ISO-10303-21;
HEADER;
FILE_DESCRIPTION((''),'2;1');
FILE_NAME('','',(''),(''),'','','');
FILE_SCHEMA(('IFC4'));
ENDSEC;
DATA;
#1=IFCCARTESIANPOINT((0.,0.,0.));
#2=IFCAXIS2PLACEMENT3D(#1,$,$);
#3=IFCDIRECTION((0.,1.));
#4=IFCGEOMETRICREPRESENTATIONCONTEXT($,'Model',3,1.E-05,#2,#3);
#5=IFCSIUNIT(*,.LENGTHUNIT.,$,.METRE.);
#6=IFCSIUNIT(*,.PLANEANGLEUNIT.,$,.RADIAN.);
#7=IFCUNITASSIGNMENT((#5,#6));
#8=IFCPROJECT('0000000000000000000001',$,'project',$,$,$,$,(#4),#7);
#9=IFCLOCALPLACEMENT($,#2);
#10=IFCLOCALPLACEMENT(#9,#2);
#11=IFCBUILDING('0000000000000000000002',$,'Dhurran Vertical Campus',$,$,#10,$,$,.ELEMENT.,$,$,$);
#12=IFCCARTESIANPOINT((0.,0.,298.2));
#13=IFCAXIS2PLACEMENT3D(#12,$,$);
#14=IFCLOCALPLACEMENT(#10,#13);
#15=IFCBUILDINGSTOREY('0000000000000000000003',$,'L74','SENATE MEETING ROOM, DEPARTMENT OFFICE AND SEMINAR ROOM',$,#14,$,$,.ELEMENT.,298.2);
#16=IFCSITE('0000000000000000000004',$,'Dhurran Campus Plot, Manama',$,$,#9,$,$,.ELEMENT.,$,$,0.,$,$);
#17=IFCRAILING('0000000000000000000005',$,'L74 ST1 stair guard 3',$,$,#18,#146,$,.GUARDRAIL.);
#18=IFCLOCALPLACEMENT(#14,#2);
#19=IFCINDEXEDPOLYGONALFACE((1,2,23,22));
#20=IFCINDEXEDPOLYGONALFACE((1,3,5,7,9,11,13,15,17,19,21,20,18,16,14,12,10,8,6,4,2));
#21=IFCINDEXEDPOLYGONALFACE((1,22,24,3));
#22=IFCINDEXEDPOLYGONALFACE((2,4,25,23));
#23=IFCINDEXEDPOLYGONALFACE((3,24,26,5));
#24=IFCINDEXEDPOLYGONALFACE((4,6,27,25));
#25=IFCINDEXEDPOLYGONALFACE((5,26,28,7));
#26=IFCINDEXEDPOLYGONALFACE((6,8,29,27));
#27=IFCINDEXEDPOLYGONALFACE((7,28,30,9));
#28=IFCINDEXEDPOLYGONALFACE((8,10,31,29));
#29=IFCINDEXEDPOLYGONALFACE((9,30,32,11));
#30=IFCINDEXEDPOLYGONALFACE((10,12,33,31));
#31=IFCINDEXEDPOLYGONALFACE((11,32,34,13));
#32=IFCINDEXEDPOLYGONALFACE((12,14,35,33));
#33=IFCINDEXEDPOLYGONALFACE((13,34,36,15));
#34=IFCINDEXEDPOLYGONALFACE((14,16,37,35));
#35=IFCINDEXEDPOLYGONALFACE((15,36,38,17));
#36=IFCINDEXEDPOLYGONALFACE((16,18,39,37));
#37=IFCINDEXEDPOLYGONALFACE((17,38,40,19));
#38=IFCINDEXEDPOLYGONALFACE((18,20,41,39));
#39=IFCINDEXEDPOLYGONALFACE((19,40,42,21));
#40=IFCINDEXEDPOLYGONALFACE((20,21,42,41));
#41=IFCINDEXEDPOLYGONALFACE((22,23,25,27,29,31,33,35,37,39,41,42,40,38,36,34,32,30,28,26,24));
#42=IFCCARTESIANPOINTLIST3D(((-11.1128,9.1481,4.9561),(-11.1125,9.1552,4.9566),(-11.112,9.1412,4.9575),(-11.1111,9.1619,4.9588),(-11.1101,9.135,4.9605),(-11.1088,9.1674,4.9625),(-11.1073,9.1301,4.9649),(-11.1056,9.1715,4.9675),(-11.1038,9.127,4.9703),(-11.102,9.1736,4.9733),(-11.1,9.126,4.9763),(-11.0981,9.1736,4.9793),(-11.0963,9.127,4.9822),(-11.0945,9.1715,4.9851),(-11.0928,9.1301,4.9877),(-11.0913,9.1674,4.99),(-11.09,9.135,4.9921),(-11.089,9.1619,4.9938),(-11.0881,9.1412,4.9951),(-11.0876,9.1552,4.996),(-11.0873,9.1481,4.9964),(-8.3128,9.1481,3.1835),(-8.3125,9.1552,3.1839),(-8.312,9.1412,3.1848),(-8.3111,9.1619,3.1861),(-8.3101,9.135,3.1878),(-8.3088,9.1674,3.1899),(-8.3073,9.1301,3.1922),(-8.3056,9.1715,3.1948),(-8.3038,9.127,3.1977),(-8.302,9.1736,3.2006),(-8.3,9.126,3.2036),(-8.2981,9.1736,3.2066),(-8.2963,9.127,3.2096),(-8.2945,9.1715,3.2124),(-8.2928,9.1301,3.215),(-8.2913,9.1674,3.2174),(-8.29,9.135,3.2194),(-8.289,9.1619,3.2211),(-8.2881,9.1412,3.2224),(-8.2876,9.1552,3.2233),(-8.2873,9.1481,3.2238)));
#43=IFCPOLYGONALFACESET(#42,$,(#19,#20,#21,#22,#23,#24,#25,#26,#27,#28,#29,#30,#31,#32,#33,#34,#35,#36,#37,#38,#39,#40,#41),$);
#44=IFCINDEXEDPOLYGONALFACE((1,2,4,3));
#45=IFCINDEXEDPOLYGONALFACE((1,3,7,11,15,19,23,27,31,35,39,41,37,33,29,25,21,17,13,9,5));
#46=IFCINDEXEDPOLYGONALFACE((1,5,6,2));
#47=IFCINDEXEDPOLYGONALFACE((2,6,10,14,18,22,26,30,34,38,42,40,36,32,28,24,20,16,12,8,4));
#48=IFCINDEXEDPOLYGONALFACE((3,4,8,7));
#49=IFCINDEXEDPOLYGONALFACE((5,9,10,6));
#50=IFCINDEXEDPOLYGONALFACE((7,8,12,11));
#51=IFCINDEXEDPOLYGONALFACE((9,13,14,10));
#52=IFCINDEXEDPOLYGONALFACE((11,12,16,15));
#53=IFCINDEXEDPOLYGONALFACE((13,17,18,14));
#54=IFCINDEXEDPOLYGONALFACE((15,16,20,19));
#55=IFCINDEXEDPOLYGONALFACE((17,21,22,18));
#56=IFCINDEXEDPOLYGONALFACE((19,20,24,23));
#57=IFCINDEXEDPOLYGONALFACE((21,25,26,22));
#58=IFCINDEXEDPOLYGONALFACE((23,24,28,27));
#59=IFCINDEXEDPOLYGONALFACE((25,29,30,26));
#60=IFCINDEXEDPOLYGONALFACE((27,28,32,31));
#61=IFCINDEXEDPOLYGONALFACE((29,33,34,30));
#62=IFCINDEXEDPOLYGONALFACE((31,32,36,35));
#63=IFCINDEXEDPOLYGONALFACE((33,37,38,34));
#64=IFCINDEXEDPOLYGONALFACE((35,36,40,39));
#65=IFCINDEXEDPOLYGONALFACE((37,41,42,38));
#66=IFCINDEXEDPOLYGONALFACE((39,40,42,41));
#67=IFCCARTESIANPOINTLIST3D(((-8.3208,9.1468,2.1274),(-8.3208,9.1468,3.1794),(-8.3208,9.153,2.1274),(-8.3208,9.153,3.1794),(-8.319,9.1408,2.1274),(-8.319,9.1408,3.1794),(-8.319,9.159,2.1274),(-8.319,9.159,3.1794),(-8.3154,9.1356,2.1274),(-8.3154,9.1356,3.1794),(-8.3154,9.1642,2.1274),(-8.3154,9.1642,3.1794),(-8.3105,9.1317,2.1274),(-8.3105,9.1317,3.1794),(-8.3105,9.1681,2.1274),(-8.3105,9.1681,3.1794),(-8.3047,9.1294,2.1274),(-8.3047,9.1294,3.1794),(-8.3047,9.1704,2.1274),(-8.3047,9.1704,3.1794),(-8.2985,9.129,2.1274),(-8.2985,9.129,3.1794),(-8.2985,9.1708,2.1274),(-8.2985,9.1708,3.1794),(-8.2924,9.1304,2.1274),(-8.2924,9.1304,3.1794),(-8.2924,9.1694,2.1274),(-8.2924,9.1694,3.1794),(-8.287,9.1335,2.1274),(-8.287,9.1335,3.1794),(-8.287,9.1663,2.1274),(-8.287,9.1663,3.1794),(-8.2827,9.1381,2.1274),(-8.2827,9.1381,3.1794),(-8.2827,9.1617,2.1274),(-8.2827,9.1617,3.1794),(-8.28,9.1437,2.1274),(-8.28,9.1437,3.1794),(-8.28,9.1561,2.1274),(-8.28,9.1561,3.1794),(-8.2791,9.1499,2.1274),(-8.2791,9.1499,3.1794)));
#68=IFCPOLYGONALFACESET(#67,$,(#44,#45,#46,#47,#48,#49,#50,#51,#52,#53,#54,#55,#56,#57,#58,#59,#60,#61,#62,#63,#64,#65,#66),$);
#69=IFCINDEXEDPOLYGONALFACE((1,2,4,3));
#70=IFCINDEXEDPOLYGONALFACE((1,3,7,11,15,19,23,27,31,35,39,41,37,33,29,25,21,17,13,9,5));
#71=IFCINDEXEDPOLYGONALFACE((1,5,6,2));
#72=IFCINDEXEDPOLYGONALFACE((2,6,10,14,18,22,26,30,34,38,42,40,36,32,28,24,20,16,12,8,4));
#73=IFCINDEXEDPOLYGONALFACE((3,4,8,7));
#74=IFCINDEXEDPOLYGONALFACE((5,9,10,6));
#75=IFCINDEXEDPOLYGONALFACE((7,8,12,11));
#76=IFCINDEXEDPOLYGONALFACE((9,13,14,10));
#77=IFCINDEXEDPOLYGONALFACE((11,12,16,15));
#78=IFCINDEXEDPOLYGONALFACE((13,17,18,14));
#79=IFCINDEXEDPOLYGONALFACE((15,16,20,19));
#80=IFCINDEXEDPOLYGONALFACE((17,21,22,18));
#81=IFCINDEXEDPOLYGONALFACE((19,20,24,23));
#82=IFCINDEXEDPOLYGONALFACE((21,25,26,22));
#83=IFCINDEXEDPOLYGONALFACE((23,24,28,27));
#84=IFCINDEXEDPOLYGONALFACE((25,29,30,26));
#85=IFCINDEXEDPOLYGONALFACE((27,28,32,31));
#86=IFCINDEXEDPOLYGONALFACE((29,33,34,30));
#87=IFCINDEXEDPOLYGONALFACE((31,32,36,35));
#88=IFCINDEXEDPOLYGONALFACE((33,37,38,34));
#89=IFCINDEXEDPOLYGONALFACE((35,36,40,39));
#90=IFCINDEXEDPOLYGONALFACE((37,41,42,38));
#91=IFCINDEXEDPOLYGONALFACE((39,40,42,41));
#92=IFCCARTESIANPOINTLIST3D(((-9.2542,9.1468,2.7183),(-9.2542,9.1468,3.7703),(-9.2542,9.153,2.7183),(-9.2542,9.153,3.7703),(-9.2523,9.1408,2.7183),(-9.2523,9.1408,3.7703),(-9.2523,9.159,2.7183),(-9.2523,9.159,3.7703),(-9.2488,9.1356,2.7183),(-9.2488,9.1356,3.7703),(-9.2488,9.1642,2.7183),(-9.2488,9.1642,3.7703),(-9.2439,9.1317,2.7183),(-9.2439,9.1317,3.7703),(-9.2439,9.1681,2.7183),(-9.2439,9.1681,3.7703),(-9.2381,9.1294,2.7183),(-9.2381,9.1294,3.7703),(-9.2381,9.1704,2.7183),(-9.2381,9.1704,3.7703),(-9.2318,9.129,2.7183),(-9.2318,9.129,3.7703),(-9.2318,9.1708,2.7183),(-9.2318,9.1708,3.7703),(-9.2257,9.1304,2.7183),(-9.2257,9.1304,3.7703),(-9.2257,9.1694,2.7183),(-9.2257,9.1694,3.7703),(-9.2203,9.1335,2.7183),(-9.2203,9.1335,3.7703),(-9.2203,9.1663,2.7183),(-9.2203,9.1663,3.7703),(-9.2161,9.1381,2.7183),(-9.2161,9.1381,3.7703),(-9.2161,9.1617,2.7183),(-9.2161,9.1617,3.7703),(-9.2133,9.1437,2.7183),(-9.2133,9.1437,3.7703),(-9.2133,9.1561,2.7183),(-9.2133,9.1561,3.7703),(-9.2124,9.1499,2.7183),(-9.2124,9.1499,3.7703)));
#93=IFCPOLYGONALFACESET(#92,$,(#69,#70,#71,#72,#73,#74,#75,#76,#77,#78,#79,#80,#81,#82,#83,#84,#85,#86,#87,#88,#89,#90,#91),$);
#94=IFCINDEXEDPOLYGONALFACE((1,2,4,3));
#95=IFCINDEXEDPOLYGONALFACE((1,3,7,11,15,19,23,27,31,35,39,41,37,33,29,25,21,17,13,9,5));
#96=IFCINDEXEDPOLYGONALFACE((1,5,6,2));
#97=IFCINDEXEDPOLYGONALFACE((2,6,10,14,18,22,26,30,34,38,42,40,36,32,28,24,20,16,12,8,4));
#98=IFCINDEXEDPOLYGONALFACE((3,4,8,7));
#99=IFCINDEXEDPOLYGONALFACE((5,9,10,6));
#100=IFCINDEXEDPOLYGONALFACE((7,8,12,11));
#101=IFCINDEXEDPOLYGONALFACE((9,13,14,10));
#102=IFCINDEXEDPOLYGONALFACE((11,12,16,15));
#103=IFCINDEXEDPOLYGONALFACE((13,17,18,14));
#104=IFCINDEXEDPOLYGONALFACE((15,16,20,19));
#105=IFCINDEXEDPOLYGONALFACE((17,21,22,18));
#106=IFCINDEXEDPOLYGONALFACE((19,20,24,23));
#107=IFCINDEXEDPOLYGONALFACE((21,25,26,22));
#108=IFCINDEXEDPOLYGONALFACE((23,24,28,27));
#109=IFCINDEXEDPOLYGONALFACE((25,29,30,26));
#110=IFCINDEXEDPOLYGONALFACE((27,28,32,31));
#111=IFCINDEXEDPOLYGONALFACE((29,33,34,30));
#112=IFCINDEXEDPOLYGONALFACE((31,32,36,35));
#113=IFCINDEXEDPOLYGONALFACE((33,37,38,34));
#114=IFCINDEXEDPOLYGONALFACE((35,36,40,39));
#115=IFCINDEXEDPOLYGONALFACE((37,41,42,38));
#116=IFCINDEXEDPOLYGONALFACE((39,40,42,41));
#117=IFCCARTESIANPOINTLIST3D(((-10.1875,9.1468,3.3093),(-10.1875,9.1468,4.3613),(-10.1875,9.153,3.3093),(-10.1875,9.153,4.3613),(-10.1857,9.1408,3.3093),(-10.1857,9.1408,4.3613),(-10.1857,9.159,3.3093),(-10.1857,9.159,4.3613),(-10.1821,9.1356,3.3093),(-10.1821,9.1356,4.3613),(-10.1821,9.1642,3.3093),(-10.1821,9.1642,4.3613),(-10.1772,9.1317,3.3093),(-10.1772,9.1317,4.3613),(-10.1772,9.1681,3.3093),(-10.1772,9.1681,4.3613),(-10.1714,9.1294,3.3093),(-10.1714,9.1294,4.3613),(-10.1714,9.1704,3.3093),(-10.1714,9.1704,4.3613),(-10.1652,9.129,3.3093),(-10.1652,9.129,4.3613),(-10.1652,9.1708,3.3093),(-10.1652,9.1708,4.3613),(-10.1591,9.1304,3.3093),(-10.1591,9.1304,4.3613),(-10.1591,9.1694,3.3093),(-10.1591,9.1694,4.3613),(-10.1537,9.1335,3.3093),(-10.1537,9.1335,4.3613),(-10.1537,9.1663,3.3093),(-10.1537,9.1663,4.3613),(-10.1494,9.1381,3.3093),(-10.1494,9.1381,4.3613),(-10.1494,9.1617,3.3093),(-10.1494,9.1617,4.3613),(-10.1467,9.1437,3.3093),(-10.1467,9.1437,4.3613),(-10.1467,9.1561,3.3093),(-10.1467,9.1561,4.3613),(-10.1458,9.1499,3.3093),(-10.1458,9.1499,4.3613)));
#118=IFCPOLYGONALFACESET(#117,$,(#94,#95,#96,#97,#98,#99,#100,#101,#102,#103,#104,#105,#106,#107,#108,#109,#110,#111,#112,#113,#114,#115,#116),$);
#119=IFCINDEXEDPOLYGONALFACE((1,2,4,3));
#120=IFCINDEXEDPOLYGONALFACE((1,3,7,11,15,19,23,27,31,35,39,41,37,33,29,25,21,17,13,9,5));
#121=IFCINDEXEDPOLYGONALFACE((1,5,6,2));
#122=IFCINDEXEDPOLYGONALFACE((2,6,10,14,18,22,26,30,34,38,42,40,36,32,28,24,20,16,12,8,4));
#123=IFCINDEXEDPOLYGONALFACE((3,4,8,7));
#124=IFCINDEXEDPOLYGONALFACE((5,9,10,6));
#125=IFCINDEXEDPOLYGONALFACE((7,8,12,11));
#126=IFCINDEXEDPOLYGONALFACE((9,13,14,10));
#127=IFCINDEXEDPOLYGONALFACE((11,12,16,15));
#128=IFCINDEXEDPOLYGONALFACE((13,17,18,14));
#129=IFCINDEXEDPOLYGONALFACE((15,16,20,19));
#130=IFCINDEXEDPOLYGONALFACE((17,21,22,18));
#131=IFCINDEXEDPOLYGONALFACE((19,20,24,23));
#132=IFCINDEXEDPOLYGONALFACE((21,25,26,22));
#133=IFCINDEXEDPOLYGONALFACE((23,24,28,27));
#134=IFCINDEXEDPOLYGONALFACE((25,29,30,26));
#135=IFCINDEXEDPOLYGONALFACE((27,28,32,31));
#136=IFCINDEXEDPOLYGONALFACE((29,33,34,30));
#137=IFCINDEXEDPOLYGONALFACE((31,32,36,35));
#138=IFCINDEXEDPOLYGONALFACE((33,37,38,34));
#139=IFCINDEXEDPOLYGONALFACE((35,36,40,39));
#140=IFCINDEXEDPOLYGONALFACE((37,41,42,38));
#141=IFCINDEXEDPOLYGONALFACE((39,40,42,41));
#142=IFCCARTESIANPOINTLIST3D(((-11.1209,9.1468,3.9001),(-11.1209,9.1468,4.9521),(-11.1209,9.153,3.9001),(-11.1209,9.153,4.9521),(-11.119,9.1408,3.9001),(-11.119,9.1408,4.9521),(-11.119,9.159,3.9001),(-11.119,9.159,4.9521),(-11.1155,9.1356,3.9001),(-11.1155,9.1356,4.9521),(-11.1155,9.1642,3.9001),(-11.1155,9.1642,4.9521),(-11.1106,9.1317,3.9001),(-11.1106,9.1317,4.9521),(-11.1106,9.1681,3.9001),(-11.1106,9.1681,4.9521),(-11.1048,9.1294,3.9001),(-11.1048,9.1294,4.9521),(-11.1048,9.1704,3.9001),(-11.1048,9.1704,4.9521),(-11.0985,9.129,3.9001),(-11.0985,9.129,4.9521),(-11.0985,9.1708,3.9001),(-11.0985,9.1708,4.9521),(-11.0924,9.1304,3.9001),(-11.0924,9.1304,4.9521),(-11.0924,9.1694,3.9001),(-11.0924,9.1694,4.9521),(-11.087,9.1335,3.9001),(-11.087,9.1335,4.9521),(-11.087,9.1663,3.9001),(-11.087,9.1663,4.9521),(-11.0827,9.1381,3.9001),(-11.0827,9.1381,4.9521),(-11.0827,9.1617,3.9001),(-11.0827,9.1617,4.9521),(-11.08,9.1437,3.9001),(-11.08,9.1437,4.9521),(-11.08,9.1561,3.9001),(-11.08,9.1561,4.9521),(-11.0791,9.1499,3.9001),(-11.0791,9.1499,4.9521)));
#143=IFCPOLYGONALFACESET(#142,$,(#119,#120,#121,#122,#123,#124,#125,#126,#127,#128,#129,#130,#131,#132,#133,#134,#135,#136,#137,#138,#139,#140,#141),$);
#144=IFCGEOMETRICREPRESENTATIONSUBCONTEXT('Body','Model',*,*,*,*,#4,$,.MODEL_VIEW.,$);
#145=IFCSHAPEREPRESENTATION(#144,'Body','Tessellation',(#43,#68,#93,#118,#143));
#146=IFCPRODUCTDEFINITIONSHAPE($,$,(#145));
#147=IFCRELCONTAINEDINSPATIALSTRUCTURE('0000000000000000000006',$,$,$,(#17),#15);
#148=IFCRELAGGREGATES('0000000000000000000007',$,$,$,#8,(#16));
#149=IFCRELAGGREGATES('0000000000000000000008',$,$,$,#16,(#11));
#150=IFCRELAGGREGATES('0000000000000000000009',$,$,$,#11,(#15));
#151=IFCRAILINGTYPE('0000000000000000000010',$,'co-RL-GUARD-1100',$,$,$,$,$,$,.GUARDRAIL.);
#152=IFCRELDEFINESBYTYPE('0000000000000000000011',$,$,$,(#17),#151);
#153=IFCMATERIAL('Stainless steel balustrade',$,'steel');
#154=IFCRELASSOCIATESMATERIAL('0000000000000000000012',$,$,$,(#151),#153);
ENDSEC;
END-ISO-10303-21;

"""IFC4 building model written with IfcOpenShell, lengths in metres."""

from ifc_helpers import new_model, si_unit, direction, frame, origin, origin_2d, place, context, subcontext, project, spatial, circle, extrude, material, type_object, element, save


model = new_model("IFC4")

# Units and contexts
model_context = context("Model", 3, precision=1e-05, world=origin(), true_north=direction((0.0, 1.0)))
body_context = subcontext(model_context, "Body", "Model", "MODEL_VIEW")
ifc_project = project(units=[si_unit("LENGTHUNIT", "METRE"), si_unit("PLANEANGLEUNIT", "RADIAN")], contexts=[model_context])

# Site, building, storey
site_placement = place(None, origin())
site = spatial("IfcSite", under=ifc_project, at=site_placement, Name="Dhurran Campus Plot, Manama", CompositionType="ELEMENT", RefElevation=0.0)
building_placement = place(site_placement, origin())
building = spatial("IfcBuilding", under=site, at=building_placement, Name="Dhurran Vertical Campus", CompositionType="ELEMENT")
storey_placement = place(building_placement, frame((0.0, 0.0, 298.2)))
storey = spatial("IfcBuildingStorey", under=building, at=storey_placement, Name="L74", Description="SENATE MEETING ROOM, DEPARTMENT OFFICE AND SEMINAR ROOM", CompositionType="ELEMENT", Elevation=298.2)

# Railing
ifc_material_1 = material(Name="Stainless steel balustrade", Category="steel")
railing_type_1 = type_object("IfcRailingType", Name="co-RL-GUARD-1100", PredefinedType="GUARDRAIL", material=ifc_material_1)
railing_1_placement = place(storey_placement, frame((-8.3, 9.1499, 2.1274)))
element("IfcRailing", 1, at=railing_1_placement, inside=storey, type_object=railing_type_1, Name="L74 ST1 stair guard 3", PredefinedType="GUARDRAIL", context=body_context, shape_type="SweptSolid", body=[
    extrude(circle(Radius=0.0239, at=origin_2d()), frame((0.0, 0.0, 1.0762), z_axis=(-0.844909, 0.0, 0.53491), x_axis=(0.0, -1.0, 0.0)), (0.0, 0.0, 1.0), 3.314),
    extrude(circle(Radius=0.021, at=origin_2d()), origin(), (0.0, 0.0, 1.0), 1.052),
    extrude(circle(Radius=0.021, at=origin_2d()), frame((-0.9333, 0.0, 0.5908)), (0.0, 0.0, 1.0), 1.052),
    extrude(circle(Radius=0.021, at=origin_2d()), frame((-1.8667, 0.0, 1.1819)), (0.0, 0.0, 1.0), 1.052),
    extrude(circle(Radius=0.021, at=origin_2d()), frame((-2.8, 0.0, 1.7727)), (0.0, 0.0, 1.0), 1.052),
])

save(model, "model.ifc")
